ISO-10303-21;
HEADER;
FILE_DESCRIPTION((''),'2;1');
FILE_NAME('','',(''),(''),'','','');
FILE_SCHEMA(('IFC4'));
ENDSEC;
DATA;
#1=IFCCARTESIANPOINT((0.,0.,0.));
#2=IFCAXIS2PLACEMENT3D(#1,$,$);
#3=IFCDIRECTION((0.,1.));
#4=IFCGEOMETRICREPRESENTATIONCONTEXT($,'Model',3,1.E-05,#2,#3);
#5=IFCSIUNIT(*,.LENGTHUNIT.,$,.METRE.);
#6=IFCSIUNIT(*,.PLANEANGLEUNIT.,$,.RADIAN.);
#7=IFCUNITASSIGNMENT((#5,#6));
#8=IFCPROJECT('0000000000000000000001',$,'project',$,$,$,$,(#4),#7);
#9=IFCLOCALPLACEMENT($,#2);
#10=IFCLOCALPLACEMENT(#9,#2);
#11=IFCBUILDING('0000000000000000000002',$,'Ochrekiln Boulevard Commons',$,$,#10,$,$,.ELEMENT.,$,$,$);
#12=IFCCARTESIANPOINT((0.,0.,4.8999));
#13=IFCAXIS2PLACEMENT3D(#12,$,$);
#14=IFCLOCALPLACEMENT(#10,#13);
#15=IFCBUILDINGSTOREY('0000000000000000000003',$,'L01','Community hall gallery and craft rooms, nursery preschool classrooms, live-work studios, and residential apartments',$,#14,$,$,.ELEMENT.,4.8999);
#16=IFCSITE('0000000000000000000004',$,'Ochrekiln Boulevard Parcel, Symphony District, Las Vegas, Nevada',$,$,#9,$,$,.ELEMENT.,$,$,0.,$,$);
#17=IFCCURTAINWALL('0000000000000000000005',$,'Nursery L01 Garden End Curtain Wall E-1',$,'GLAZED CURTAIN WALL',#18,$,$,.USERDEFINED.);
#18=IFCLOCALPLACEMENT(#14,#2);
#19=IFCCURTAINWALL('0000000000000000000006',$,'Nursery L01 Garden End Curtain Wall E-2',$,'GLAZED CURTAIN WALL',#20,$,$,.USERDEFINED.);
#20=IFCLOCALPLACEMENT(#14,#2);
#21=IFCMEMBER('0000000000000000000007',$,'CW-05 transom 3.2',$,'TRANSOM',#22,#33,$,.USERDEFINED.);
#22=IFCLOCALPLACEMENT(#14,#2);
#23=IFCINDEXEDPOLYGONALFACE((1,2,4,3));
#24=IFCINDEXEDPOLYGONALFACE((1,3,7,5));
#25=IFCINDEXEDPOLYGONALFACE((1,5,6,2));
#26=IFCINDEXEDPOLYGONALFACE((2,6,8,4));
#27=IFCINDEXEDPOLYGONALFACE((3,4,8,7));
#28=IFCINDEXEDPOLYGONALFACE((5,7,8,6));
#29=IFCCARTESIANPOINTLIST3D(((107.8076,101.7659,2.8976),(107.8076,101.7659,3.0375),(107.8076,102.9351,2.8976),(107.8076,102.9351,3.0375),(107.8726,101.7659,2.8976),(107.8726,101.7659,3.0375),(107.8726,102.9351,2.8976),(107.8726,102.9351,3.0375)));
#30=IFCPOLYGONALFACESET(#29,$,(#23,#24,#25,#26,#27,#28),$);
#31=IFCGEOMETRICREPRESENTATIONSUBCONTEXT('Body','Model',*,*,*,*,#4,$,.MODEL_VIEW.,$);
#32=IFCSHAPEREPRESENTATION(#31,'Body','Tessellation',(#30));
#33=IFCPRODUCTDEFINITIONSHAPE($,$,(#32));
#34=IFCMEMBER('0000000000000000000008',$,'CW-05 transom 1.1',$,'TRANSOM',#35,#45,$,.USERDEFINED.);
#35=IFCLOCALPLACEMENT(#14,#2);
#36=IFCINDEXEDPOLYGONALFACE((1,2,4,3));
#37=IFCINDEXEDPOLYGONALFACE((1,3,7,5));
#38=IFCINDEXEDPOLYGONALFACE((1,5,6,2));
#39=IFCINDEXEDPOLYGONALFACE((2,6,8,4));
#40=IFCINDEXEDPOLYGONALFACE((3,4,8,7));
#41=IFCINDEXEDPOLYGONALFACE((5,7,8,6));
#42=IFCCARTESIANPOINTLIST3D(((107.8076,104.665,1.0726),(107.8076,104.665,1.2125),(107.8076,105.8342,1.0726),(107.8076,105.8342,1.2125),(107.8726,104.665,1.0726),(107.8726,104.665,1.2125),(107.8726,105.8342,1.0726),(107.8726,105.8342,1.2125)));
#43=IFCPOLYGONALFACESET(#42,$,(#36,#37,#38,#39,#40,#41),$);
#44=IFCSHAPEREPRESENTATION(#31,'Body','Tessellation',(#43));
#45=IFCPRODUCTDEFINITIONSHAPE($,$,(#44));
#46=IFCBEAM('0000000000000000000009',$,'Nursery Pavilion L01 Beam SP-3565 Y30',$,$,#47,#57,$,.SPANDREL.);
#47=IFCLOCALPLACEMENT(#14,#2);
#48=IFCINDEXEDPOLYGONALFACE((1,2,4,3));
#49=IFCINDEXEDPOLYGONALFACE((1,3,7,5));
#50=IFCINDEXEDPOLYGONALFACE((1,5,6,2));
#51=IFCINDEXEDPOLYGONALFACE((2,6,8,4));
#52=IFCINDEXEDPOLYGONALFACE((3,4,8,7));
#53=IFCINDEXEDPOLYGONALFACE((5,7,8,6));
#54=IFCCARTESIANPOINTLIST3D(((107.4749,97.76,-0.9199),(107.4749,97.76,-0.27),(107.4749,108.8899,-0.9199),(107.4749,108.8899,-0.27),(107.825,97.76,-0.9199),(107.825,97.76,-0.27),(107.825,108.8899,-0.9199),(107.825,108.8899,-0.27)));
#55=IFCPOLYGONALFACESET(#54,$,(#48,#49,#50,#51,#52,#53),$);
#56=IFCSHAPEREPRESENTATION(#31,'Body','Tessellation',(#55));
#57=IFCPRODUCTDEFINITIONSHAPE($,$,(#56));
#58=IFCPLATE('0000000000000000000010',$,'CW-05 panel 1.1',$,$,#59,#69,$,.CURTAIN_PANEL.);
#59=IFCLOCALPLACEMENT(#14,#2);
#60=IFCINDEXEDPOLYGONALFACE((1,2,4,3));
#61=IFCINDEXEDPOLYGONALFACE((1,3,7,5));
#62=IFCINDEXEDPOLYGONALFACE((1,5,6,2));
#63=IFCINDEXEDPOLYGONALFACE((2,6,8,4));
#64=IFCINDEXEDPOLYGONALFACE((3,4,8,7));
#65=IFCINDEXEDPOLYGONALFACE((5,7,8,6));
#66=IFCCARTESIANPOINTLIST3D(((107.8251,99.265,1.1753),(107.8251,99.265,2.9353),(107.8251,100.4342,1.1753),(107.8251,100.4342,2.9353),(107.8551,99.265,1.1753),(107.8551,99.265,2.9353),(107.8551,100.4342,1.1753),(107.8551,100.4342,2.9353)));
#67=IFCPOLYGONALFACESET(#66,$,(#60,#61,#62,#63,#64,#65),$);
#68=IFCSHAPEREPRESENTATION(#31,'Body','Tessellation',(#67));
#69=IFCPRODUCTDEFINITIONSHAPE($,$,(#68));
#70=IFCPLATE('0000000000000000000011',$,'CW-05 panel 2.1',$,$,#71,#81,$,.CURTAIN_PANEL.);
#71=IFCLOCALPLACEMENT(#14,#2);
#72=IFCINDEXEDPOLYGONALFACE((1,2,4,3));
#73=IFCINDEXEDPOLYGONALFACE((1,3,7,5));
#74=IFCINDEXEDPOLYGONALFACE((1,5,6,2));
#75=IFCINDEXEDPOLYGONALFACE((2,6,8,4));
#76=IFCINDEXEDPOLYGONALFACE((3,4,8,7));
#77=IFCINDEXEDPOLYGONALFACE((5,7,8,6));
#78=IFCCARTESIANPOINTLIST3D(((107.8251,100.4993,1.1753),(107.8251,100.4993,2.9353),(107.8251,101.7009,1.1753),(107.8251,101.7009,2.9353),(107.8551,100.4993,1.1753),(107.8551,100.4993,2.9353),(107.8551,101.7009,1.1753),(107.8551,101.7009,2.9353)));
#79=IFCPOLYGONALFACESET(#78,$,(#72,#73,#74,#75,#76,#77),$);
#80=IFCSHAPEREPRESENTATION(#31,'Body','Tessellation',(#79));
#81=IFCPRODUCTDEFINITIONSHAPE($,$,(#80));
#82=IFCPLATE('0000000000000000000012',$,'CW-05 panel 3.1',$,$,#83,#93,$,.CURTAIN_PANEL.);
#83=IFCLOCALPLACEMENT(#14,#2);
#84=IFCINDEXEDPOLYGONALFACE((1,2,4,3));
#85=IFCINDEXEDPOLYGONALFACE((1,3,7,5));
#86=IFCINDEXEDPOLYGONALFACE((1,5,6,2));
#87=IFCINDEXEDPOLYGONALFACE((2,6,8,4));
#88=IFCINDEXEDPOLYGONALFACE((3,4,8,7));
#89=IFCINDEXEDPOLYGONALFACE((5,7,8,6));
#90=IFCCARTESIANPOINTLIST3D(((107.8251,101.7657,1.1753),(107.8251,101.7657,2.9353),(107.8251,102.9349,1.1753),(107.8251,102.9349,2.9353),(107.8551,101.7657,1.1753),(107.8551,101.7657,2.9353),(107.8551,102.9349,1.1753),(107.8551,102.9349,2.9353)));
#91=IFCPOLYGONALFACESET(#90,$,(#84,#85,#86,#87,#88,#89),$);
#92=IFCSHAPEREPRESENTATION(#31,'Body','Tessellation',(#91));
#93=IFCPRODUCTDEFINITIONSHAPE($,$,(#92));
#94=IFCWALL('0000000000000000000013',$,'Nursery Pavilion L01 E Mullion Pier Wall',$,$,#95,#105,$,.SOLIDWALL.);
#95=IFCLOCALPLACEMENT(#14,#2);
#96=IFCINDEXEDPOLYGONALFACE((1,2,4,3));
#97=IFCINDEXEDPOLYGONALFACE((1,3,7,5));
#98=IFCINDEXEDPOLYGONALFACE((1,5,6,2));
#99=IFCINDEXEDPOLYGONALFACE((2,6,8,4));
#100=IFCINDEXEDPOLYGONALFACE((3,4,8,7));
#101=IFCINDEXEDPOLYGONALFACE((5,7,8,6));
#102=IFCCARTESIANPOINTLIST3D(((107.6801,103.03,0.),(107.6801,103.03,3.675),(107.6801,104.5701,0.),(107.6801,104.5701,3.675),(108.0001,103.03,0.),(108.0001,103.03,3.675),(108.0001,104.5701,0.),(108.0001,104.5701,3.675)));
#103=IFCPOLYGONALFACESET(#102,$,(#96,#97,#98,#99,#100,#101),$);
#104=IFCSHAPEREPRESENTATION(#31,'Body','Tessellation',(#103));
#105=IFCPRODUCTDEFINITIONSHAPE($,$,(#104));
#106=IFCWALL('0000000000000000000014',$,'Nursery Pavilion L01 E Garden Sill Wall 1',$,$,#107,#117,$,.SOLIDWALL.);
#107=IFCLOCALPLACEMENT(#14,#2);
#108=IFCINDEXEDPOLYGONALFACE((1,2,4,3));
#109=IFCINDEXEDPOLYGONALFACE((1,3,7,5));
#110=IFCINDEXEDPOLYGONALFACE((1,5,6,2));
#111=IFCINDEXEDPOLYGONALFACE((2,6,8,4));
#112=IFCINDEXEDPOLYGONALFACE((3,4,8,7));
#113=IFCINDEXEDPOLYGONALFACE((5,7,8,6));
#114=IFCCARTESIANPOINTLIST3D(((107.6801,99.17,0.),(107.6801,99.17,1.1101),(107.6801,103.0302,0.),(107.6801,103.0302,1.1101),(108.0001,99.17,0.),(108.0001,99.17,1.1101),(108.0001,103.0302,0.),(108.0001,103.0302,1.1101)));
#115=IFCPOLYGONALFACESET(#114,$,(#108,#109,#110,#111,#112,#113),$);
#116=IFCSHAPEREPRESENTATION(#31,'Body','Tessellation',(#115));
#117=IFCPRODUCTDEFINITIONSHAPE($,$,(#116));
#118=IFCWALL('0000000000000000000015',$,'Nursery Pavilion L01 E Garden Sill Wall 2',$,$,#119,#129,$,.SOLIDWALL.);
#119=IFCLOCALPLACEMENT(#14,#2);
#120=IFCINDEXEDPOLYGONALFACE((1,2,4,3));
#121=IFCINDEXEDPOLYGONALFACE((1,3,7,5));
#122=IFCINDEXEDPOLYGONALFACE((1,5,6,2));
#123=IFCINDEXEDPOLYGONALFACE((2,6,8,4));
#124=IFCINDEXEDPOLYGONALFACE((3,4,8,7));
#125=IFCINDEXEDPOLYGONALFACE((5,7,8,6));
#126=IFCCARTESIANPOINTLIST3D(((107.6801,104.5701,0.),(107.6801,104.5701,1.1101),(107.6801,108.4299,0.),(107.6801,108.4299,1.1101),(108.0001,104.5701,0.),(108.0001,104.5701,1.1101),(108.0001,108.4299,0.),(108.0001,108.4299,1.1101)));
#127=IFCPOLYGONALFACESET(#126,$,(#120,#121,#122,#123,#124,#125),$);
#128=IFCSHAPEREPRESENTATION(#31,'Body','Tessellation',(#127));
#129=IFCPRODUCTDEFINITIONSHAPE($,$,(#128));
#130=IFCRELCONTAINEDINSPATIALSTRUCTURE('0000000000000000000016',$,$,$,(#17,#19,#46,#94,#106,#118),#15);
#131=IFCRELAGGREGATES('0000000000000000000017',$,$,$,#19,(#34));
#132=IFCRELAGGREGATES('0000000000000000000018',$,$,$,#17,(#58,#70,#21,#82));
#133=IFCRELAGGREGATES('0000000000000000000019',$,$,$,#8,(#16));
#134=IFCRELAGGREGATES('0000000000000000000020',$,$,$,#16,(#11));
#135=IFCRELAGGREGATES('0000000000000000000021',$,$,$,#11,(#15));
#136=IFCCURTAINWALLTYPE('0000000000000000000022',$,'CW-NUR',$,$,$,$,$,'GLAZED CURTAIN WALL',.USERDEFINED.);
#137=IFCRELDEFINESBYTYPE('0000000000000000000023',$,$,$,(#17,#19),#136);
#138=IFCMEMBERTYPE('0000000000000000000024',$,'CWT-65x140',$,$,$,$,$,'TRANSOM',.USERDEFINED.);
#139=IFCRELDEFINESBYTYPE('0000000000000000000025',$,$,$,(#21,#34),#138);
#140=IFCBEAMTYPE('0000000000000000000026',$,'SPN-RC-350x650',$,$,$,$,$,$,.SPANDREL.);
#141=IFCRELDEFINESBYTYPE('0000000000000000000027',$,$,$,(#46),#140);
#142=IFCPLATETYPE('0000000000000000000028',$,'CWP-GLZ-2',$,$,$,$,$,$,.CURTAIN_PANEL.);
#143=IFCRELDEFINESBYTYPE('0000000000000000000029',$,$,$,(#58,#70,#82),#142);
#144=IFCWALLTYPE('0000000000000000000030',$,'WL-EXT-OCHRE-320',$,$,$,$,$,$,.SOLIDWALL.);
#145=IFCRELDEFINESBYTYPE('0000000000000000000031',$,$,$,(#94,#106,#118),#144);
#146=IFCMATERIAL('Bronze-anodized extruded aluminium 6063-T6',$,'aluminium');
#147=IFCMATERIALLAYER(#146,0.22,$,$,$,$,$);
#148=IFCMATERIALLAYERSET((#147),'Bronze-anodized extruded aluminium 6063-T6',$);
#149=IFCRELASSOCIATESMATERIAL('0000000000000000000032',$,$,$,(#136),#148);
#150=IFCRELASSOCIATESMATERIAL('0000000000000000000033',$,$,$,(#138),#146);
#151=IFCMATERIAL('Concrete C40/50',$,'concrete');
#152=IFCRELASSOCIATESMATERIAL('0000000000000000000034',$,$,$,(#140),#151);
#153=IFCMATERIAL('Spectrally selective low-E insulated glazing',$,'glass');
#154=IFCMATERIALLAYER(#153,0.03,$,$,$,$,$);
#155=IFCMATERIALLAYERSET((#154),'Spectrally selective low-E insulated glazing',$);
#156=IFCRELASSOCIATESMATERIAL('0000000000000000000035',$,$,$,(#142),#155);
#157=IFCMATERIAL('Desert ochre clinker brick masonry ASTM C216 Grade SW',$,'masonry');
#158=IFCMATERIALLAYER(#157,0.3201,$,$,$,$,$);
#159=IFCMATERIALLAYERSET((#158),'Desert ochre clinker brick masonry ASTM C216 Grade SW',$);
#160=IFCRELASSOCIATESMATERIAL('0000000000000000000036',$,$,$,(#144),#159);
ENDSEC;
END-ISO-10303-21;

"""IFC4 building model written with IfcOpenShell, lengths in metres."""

from ifc_helpers import new_model, si_unit, direction, frame, frame_2d, origin, origin_2d, place, context, subcontext, project, spatial, rectangle, extrude, material, layer, layer_set, material_profile, profile_set, type_object, element, aggregate, save


model = new_model("IFC4")

# Units and contexts
model_context = context("Model", 3, precision=1e-05, world=origin(), true_north=direction((0.0, 1.0)))
body_context = subcontext(model_context, "Body", "Model", "MODEL_VIEW")
ifc_project = project(units=[si_unit("LENGTHUNIT", "METRE"), si_unit("PLANEANGLEUNIT", "RADIAN")], contexts=[model_context])

# Site, building, storey
site_placement = place(None, origin())
site = spatial("IfcSite", under=ifc_project, at=site_placement, Name="Ochrekiln Boulevard Parcel, Symphony District, Las Vegas, Nevada", CompositionType="ELEMENT", RefElevation=0.0)
building_placement = place(site_placement, origin())
building = spatial("IfcBuilding", under=site, at=building_placement, Name="Ochrekiln Boulevard Commons", CompositionType="ELEMENT")
storey_placement = place(building_placement, frame((0.0, 0.0, 4.8999)))
storey = spatial("IfcBuildingStorey", under=building, at=storey_placement, Name="L01", Description="Community hall gallery and craft rooms, nursery preschool classrooms, live-work studios, and residential apartments", CompositionType="ELEMENT", Elevation=4.8999)

# Curtain wall
ifc_material_1 = material(Name="Bronze-anodized extruded aluminium 6063-T6", Category="aluminium")
ifc_layer_1 = layer(ifc_material_1, 0.22)
ifc_layer_set_1 = layer_set([ifc_layer_1], Name="Bronze-anodized extruded aluminium 6063-T6")
curtain_wall_type = type_object("IfcCurtainWallType", Name="CW-NUR", ElementType="GLAZED CURTAIN WALL", PredefinedType="USERDEFINED", material=ifc_layer_set_1)
curtain_wall_1_placement = place(storey_placement, origin())
curtain_wall_1 = element("IfcCurtainWall", 1, at=curtain_wall_1_placement, inside=storey, type_object=curtain_wall_type, Name="Nursery L01 Garden End Curtain Wall E-1", ObjectType="GLAZED CURTAIN WALL", PredefinedType="USERDEFINED")

# Curtain wall
curtain_wall_2_placement = place(storey_placement, origin())
curtain_wall_2 = element("IfcCurtainWall", 2, at=curtain_wall_2_placement, inside=storey, type_object=curtain_wall_type, Name="Nursery L01 Garden End Curtain Wall E-2", ObjectType="GLAZED CURTAIN WALL", PredefinedType="USERDEFINED")

# Members
ifc_material_profile_1 = material_profile(ifc_material_1, rectangle(XDim=0.0649, YDim=0.1399, at=origin_2d()), Name="ALU-TRN-65x140")
ifc_profile_set_1 = profile_set([ifc_material_profile_1], Name="Bronze-anodized extruded aluminium 6063-T6")
member_type_1 = type_object("IfcMemberType", Name="CWT-65x140", ElementType="TRANSOM", PredefinedType="USERDEFINED", material=ifc_profile_set_1)
member_1_placement = place(storey_placement, frame((107.8401, 101.7659, 2.9675), z_axis=(0.0, 1.0, 0.0), x_axis=(-1.0, 0.0, 0.0)))
member_1 = element("IfcMember", 3, at=member_1_placement, type_object=member_type_1, Name="CW-05 transom 3.2", ObjectType="TRANSOM", PredefinedType="USERDEFINED", context=body_context, shape_type="SweptSolid", body=[
    extrude(rectangle(XDim=0.0649, YDim=0.1399, at=origin_2d()), origin(), (0.0, 0.0, 1.0), 1.1692),
])
member_2_placement = place(storey_placement, frame((107.8401, 104.665, 1.1426), z_axis=(0.0, 1.0, 0.0), x_axis=(-1.0, 0.0, 0.0)))
member_2 = element("IfcMember", 4, at=member_2_placement, type_object=member_type_1, Name="CW-05 transom 1.1", ObjectType="TRANSOM", PredefinedType="USERDEFINED", context=body_context, shape_type="SweptSolid", body=[
    extrude(rectangle(XDim=0.0649, YDim=0.1399, at=origin_2d()), origin(), (0.0, 0.0, 1.0), 1.1692),
])
aggregate(curtain_wall_2, [member_2])

# Beam
ifc_material_2 = material(Name="Concrete C40/50", Category="concrete")
ifc_material_profile_2 = material_profile(ifc_material_2, rectangle(XDim=0.3501, YDim=0.6499, at=origin_2d()), Name="RC-SPN-350x650")
ifc_profile_set_2 = profile_set([ifc_material_profile_2], Name="Concrete C40/50")
beam_type_1 = type_object("IfcBeamType", Name="SPN-RC-350x650", PredefinedType="SPANDREL", material=ifc_profile_set_2)
beam_placement = place(storey_placement, frame((107.6499, 97.76, -0.595), z_axis=(0.0, 1.0, 0.0), x_axis=(-1.0, 0.0, 0.0)))
element("IfcBeam", 5, at=beam_placement, inside=storey, type_object=beam_type_1, Name="Nursery Pavilion L01 Beam SP-3565 Y30", PredefinedType="SPANDREL", context=body_context, shape_type="SweptSolid", body=[
    extrude(rectangle(XDim=0.3501, YDim=0.6499, at=origin_2d()), origin(), (0.0, 0.0, 1.0), 11.1299),
])

# Plates
ifc_material_3 = material(Name="Spectrally selective low-E insulated glazing", Category="glass")
ifc_layer_2 = layer(ifc_material_3, 0.03)
ifc_layer_set_2 = layer_set([ifc_layer_2], Name="Spectrally selective low-E insulated glazing")
plate_type = type_object("IfcPlateType", Name="CWP-GLZ-2", PredefinedType="CURTAIN_PANEL", material=ifc_layer_set_2)
plate_1_placement = place(storey_placement, frame((107.8401, 99.8496, 1.1753), z_axis=(0.0, 0.0, 1.0), x_axis=(0.0, 1.0, 0.0)))
plate_1 = element("IfcPlate", 6, at=plate_1_placement, type_object=plate_type, Name="CW-05 panel 1.1", PredefinedType="CURTAIN_PANEL", context=body_context, shape_type="SweptSolid", body=[
    extrude(rectangle(XDim=1.1692, YDim=0.03, at=origin_2d()), origin(), (0.0, 0.0, 1.0), 1.76),
])
plate_2_placement = place(storey_placement, frame((107.8401, 101.1001, 1.1753), z_axis=(0.0, 0.0, 1.0), x_axis=(0.0, 1.0, 0.0)))
plate_2 = element("IfcPlate", 7, at=plate_2_placement, type_object=plate_type, Name="CW-05 panel 2.1", PredefinedType="CURTAIN_PANEL", context=body_context, shape_type="SweptSolid", body=[
    extrude(rectangle(XDim=1.2017, YDim=0.03, at=origin_2d()), origin(), (0.0, 0.0, 1.0), 1.76),
])
plate_3_placement = place(storey_placement, frame((107.8401, 102.3503, 1.1753), z_axis=(0.0, 0.0, 1.0), x_axis=(0.0, 1.0, 0.0)))
plate_3 = element("IfcPlate", 8, at=plate_3_placement, type_object=plate_type, Name="CW-05 panel 3.1", PredefinedType="CURTAIN_PANEL", context=body_context, shape_type="SweptSolid", body=[
    extrude(rectangle(XDim=1.1692, YDim=0.03, at=origin_2d()), origin(), (0.0, 0.0, 1.0), 1.76),
])
aggregate(curtain_wall_1, [plate_1, plate_2, member_1, plate_3])

# Walls
ifc_material_4 = material(Name="Desert ochre clinker brick masonry ASTM C216 Grade SW", Category="masonry")
ifc_layer_3 = layer(ifc_material_4, 0.3201)
ifc_layer_set_3 = layer_set([ifc_layer_3], Name="Desert ochre clinker brick masonry ASTM C216 Grade SW")
wall_type = type_object("IfcWallType", Name="WL-EXT-OCHRE-320", PredefinedType="SOLIDWALL", material=ifc_layer_set_3)
wall_1_placement = place(storey_placement, frame((107.8401, 103.03, 0.0), z_axis=(0.0, 0.0, 1.0), x_axis=(0.0, 1.0, 0.0)))
element("IfcWall", 9, at=wall_1_placement, inside=storey, type_object=wall_type, Name="Nursery Pavilion L01 E Mullion Pier Wall", PredefinedType="SOLIDWALL", context=body_context, shape_type="SweptSolid", body=[
    extrude(rectangle(XDim=1.54, YDim=0.3201, at=frame_2d((0.77, 0.0))), origin(), (0.0, 0.0, 1.0), 3.675),
])
wall_2_placement = place(storey_placement, frame((107.8401, 99.1699, 0.0), z_axis=(0.0, 0.0, 1.0), x_axis=(0.0, 1.0, 0.0)))
element("IfcWall", 10, at=wall_2_placement, inside=storey, type_object=wall_type, Name="Nursery Pavilion L01 E Garden Sill Wall 1", PredefinedType="SOLIDWALL", context=body_context, shape_type="SweptSolid", body=[
    extrude(rectangle(XDim=3.8601, YDim=0.3201, at=frame_2d((1.9302, 0.0))), origin(), (0.0, 0.0, 1.0), 1.1101),
])
wall_3_placement = place(storey_placement, frame((107.8401, 104.5701, 0.0), z_axis=(0.0, 0.0, 1.0), x_axis=(0.0, 1.0, 0.0)))
element("IfcWall", 11, at=wall_3_placement, inside=storey, type_object=wall_type, Name="Nursery Pavilion L01 E Garden Sill Wall 2", PredefinedType="SOLIDWALL", context=body_context, shape_type="SweptSolid", body=[
    extrude(rectangle(XDim=3.8599, YDim=0.3201, at=frame_2d((1.9299, 0.0))), origin(), (0.0, 0.0, 1.0), 1.1101),
])

save(model, "model.ifc")
